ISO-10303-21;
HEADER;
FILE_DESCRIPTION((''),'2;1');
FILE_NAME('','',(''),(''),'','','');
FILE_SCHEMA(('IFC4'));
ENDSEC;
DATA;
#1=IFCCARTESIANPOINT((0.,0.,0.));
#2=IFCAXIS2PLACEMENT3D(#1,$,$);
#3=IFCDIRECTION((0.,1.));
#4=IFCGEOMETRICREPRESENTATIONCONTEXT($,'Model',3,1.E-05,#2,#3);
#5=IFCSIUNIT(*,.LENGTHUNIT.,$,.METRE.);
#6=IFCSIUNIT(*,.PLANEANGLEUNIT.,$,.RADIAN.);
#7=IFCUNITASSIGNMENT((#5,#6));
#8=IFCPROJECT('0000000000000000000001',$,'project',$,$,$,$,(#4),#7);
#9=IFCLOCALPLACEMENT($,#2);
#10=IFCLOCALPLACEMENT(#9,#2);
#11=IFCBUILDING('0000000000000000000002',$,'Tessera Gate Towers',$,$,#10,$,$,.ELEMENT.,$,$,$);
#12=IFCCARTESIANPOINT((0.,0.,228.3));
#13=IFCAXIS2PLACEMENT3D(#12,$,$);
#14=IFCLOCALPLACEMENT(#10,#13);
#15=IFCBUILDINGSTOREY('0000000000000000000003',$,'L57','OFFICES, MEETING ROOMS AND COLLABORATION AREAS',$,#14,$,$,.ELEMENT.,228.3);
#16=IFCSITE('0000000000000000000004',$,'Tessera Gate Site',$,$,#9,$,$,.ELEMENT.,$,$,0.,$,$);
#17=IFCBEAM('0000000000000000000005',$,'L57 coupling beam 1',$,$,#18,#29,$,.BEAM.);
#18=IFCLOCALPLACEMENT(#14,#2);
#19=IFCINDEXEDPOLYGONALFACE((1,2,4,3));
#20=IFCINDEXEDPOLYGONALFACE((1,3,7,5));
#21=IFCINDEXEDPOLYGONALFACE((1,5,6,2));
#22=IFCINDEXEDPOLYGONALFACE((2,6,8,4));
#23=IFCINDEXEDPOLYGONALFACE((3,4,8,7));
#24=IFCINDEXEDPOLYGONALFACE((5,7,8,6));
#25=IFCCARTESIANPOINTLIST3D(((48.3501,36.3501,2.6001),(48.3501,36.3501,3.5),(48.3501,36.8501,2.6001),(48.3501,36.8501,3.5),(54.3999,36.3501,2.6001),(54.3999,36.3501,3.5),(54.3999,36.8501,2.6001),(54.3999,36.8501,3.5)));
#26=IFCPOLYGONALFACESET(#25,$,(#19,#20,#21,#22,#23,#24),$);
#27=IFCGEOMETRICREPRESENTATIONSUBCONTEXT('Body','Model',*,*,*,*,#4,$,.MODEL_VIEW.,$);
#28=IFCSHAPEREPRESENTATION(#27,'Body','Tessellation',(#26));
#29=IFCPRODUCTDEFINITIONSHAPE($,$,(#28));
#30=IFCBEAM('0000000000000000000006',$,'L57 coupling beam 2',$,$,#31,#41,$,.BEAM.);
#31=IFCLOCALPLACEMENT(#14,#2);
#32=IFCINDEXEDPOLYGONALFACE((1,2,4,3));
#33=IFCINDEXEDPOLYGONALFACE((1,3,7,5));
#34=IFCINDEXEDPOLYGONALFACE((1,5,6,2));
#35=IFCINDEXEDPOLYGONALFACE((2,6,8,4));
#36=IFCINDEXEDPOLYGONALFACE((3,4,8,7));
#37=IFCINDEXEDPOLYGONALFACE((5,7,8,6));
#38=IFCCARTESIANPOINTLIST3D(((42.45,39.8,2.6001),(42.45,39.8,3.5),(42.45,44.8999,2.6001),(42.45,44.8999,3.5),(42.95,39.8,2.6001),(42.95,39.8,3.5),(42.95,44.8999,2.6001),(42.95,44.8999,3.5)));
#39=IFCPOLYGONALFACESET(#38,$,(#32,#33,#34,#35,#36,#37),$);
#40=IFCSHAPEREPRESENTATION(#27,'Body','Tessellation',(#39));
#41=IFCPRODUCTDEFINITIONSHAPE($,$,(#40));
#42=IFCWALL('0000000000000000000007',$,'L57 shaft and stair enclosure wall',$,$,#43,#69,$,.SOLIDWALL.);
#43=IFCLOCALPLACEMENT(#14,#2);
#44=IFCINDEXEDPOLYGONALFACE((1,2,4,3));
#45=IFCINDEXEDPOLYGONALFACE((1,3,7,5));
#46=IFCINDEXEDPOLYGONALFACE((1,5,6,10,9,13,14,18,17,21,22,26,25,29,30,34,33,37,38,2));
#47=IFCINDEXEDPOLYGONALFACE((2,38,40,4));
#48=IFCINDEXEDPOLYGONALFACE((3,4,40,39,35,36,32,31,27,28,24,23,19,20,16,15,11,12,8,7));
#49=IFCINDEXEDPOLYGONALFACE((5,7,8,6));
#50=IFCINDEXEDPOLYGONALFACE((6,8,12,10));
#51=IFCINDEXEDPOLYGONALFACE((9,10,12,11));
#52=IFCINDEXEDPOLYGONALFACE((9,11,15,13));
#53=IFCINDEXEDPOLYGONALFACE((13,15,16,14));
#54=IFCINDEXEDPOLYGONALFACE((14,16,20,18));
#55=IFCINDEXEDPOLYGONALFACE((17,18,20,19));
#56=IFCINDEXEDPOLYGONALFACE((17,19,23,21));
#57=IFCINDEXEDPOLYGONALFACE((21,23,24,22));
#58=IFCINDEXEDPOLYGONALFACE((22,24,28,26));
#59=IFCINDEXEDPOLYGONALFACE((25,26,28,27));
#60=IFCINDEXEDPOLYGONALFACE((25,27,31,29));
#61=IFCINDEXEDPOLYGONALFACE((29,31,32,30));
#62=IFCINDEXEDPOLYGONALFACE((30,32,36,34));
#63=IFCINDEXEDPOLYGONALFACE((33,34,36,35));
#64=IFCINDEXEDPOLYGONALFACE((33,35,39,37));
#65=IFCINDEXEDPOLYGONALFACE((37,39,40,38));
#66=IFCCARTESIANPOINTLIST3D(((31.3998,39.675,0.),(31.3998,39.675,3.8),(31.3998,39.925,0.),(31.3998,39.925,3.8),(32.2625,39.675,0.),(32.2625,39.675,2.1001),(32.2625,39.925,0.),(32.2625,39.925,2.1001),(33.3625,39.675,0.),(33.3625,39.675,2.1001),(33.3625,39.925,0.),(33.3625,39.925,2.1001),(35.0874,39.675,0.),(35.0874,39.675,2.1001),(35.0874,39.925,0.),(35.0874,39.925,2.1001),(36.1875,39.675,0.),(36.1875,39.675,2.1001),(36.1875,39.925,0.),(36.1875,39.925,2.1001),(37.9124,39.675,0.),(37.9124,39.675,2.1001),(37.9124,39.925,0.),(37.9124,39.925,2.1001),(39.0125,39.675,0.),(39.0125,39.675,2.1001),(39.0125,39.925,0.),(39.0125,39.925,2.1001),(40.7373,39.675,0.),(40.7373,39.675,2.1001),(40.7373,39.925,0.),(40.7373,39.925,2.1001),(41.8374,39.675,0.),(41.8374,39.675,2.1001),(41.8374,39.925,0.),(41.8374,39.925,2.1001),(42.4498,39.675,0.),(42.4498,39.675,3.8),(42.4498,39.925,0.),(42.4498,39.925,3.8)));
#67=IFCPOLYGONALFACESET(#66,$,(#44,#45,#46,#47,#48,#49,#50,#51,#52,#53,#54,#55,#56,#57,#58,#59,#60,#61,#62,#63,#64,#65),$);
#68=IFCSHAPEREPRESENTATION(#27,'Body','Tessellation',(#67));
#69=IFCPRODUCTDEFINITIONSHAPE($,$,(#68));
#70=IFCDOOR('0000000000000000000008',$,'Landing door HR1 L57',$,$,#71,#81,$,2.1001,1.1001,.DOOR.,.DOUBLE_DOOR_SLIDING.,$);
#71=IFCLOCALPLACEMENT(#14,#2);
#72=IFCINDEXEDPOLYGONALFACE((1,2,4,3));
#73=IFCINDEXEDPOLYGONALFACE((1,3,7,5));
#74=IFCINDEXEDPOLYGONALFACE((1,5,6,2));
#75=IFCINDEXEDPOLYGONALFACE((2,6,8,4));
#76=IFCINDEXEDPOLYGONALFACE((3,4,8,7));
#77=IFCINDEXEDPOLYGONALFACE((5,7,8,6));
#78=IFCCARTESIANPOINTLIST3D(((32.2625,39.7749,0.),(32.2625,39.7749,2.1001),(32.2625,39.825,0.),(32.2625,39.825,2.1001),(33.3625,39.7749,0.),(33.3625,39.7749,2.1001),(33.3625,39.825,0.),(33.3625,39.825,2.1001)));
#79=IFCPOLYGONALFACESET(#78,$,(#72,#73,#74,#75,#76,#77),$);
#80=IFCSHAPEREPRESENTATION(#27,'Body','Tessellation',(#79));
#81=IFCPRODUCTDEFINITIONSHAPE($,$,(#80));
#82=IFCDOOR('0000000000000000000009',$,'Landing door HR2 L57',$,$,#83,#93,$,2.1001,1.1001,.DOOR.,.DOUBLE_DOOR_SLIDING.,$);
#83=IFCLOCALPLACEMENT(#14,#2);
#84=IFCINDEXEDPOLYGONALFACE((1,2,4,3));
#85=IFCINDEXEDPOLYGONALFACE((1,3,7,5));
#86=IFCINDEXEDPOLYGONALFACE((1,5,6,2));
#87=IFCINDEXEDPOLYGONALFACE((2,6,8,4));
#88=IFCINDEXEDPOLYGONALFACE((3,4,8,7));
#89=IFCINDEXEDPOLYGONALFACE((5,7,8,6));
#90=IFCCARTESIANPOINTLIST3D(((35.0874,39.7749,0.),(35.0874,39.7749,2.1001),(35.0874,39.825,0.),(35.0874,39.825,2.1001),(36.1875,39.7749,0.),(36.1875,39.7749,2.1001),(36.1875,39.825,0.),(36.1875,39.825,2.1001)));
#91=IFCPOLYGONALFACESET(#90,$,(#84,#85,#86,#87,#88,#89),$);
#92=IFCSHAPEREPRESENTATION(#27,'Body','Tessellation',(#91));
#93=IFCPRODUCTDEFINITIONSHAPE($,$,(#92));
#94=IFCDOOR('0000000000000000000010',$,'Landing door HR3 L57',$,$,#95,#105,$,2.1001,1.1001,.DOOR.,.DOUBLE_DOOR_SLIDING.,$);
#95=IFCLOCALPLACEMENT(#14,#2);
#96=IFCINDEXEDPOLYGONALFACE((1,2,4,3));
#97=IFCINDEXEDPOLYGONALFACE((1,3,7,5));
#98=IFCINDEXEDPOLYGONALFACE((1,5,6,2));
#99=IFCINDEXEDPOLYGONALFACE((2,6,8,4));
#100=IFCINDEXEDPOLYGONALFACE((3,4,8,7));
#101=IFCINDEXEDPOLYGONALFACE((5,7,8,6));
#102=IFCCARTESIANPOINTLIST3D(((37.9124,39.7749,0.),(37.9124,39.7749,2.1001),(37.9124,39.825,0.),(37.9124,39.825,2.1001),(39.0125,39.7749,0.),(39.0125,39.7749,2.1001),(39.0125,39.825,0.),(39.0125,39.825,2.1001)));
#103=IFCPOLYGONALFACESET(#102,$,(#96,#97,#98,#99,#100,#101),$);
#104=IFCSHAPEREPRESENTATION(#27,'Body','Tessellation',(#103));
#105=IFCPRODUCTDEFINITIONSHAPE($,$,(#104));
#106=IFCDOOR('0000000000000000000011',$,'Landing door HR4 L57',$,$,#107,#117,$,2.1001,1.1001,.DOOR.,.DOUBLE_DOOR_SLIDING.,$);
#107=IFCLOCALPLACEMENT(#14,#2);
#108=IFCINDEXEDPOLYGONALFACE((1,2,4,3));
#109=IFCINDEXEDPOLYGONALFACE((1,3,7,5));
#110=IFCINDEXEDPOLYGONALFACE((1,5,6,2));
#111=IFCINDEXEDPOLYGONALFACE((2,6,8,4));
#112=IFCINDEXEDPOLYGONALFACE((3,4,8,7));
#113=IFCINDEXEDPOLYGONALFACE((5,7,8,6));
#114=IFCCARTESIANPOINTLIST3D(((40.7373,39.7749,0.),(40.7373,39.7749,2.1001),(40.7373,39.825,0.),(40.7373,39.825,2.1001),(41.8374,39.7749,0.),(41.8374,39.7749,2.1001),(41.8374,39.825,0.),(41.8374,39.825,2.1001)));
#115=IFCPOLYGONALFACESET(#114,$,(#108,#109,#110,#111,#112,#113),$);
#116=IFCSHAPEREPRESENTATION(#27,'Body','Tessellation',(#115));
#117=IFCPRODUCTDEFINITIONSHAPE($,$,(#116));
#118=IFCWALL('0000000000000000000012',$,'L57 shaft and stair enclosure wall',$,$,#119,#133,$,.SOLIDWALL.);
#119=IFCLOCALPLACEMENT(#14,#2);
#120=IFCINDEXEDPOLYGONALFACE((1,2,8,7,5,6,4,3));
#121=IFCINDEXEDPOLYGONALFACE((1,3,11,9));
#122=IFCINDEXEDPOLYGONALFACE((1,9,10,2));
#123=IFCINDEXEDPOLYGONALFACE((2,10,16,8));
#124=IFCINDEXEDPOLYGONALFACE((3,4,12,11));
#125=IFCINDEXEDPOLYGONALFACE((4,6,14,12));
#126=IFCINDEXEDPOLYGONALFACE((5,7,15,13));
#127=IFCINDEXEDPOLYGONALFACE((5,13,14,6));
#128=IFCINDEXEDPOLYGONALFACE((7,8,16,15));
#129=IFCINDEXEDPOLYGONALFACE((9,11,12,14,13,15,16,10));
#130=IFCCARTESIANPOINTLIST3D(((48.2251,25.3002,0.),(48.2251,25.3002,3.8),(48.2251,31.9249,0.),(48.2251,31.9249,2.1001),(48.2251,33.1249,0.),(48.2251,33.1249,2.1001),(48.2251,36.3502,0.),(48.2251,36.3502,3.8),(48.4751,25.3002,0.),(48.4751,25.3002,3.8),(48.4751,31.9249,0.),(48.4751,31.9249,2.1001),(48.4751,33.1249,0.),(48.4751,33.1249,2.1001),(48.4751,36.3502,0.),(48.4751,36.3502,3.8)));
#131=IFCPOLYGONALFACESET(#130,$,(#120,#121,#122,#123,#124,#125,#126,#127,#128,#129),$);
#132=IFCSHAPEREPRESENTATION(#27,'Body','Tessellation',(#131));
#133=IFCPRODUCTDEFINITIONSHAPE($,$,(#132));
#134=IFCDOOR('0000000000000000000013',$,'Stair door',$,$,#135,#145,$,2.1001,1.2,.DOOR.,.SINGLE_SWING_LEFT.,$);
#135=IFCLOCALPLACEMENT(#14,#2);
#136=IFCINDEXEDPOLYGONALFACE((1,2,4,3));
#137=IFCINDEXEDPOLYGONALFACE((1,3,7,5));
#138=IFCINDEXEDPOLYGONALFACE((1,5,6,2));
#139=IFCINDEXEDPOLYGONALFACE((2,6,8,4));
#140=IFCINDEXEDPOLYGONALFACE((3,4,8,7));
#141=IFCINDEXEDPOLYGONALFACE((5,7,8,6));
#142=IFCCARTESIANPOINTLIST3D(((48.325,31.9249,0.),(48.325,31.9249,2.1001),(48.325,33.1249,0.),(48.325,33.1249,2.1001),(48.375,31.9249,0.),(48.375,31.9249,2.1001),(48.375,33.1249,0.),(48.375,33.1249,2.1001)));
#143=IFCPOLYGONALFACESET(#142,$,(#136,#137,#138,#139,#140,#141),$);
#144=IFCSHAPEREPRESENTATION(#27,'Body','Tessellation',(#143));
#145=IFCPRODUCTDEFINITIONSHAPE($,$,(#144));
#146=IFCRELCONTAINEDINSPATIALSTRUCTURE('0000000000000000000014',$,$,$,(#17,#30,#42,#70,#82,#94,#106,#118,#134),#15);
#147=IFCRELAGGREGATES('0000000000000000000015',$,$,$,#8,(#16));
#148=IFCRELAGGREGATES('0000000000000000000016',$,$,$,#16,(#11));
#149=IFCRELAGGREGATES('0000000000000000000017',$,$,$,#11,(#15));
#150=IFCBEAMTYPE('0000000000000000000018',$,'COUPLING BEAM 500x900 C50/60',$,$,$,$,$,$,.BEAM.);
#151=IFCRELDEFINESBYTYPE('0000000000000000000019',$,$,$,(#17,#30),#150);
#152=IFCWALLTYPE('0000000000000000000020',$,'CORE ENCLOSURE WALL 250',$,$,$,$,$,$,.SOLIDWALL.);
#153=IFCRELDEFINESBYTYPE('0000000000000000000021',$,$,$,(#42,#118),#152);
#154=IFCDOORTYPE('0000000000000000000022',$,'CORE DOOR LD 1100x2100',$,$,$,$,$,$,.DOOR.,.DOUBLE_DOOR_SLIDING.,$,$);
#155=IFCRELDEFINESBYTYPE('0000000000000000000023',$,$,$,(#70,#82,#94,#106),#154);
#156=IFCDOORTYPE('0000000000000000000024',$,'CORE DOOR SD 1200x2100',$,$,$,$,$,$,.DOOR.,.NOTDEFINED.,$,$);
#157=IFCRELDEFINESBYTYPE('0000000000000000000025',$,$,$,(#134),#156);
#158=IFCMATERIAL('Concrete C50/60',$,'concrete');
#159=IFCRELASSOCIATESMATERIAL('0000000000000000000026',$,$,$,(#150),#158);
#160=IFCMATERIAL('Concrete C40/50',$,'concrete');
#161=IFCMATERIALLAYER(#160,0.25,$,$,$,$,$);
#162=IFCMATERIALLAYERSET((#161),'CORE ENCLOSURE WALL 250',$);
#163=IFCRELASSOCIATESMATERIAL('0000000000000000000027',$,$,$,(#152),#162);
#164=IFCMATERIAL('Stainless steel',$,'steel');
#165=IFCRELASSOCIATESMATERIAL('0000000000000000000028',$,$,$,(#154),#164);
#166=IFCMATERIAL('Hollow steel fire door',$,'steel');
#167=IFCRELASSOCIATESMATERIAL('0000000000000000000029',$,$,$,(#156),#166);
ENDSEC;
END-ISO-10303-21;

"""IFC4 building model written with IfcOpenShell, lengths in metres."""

from ifc_helpers import new_model, si_unit, direction, frame, frame_2d, origin, origin_2d, place, context, subcontext, project, spatial, rectangle, extrude, source, transform, mapped, material, layer, layer_set, material_profile, profile_set, type_object, element, fill, save


model = new_model("IFC4")

# Units and contexts
model_context = context("Model", 3, precision=1e-05, world=origin(), true_north=direction((0.0, 1.0)))
body_context = subcontext(model_context, "Body", "Model", "MODEL_VIEW")
ifc_project = project(units=[si_unit("LENGTHUNIT", "METRE"), si_unit("PLANEANGLEUNIT", "RADIAN")], contexts=[model_context])

# Site, building, storey
site_placement = place(None, origin())
site = spatial("IfcSite", under=ifc_project, at=site_placement, Name="Tessera Gate Site", CompositionType="ELEMENT", RefElevation=0.0)
building_placement = place(site_placement, origin())
building = spatial("IfcBuilding", under=site, at=building_placement, Name="Tessera Gate Towers", CompositionType="ELEMENT")
storey_placement = place(building_placement, frame((0.0, 0.0, 228.3)))
storey = spatial("IfcBuildingStorey", under=building, at=storey_placement, Name="L57", Description="OFFICES, MEETING ROOMS AND COLLABORATION AREAS", CompositionType="ELEMENT", Elevation=228.3)

# Beams
ifc_material_1 = material(Name="Concrete C50/60", Category="concrete")
ifc_material_profile = material_profile(ifc_material_1, rectangle(XDim=0.5, YDim=0.8999, at=origin_2d()), Name="RC 500x900")
ifc_profile_set = profile_set([ifc_material_profile], Name="Concrete C50/60")
beam_type = type_object("IfcBeamType", Name="COUPLING BEAM 500x900 C50/60", PredefinedType="BEAM", material=ifc_profile_set)
beam_1_placement = place(storey_placement, frame((48.3501, 36.6001, 3.05), z_axis=(1.0, 0.0, 0.0), x_axis=(0.0, 1.0, 0.0)))
element("IfcBeam", 1, at=beam_1_placement, inside=storey, type_object=beam_type, Name="L57 coupling beam 1", PredefinedType="BEAM", context=body_context, shape_type="SweptSolid", body=[
    extrude(rectangle(XDim=0.5, YDim=0.8999, at=origin_2d()), origin(), (0.0, 0.0, 1.0), 6.0498),
])
beam_2_placement = place(storey_placement, frame((42.7, 39.8, 3.05), z_axis=(0.0, 1.0, 0.0), x_axis=(-1.0, 0.0, 0.0)))
element("IfcBeam", 2, at=beam_2_placement, inside=storey, type_object=beam_type, Name="L57 coupling beam 2", PredefinedType="BEAM", context=body_context, shape_type="SweptSolid", body=[
    extrude(rectangle(XDim=0.5, YDim=0.8999, at=origin_2d()), origin(), (0.0, 0.0, 1.0), 5.0999),
])

# Wall, openings, doors
ifc_material_2 = material(Name="Concrete C40/50", Category="concrete")
ifc_layer_1 = layer(ifc_material_2, 0.25)
ifc_layer_set_1 = layer_set([ifc_layer_1], Name="CORE ENCLOSURE WALL 250")
wall_type_1 = type_object("IfcWallType", Name="CORE ENCLOSURE WALL 250", PredefinedType="SOLIDWALL", material=ifc_layer_set_1)
wall_1_placement = place(storey_placement, frame((31.3999, 39.8, 0.0), z_axis=(0.0, 0.0, 1.0), x_axis=(1.0, 0.0, 0.0)))
wall_1 = element("IfcWall", 3, at=wall_1_placement, inside=storey, type_object=wall_type_1, Name="L57 shaft and stair enclosure wall", PredefinedType="SOLIDWALL", context=body_context, shape_type="SweptSolid", body=[
    extrude(rectangle(XDim=11.05, YDim=0.25, at=frame_2d((5.5249, 0.0))), origin(), (0.0, 0.0, 1.0), 3.8),
])
shared_shape_1 = source(origin(), body_context, "Body", "SweptSolid", [
    extrude(rectangle(XDim=1.1001, YDim=2.1001, at=frame_2d((0.55, 1.05))), frame((0.0, 0.135, 0.0), z_axis=(0.0, -1.0, 0.0), x_axis=(1.0, 0.0, 0.0)), (0.0, 0.0, 1.0), 0.27),
])
opening_1_placement = place(wall_1_placement, frame((0.8625, 0.0, 0.0)))
opening_1 = element("IfcOpeningElement", 4, at=opening_1_placement, cuts=wall_1, PredefinedType="OPENING", context=body_context, shape_type="MappedRepresentation", body=[
    mapped(shared_shape_1, transform((0.0, 0.0, 0.0), scale=1.0)),
])
opening_2_placement = place(wall_1_placement, frame((3.6875, 0.0, 0.0)))
opening_2 = element("IfcOpeningElement", 5, at=opening_2_placement, cuts=wall_1, PredefinedType="OPENING", context=body_context, shape_type="MappedRepresentation", body=[
    mapped(shared_shape_1, transform((0.0, 0.0, 0.0), scale=1.0)),
])
opening_3_placement = place(wall_1_placement, frame((6.5125, 0.0, 0.0)))
opening_3 = element("IfcOpeningElement", 6, at=opening_3_placement, cuts=wall_1, PredefinedType="OPENING", context=body_context, shape_type="MappedRepresentation", body=[
    mapped(shared_shape_1, transform((0.0, 0.0, 0.0), scale=1.0)),
])
opening_4_placement = place(wall_1_placement, frame((9.3374, 0.0, 0.0)))
opening_4 = element("IfcOpeningElement", 7, at=opening_4_placement, cuts=wall_1, PredefinedType="OPENING", context=body_context, shape_type="MappedRepresentation", body=[
    mapped(shared_shape_1, transform((0.0, 0.0, 0.0), scale=1.0)),
])
ifc_material_3 = material(Name="Stainless steel", Category="steel")
door_type_1 = type_object("IfcDoorType", Name="CORE DOOR LD 1100x2100", OperationType="DOUBLE_DOOR_SLIDING", PredefinedType="DOOR", material=ifc_material_3)
shared_shape_2 = source(origin(), body_context, "Body", "SweptSolid", [
    extrude(rectangle(XDim=1.1001, YDim=2.1001, at=frame_2d((0.55, 1.05))), frame((0.0, 0.0249, 0.0), z_axis=(0.0, -1.0, 0.0), x_axis=(1.0, 0.0, 0.0)), (0.0, 0.0, 1.0), 0.05),
])
door_1_placement = place(opening_1_placement, origin())
door_1 = element("IfcDoor", 8, at=door_1_placement, inside=storey, type_object=door_type_1, Name="Landing door HR1 L57", OperationType="DOUBLE_DOOR_SLIDING", OverallHeight=2.1001, OverallWidth=1.1001, PredefinedType="DOOR", context=body_context, shape_type="MappedRepresentation", body=[
    mapped(shared_shape_2, transform((0.0, 0.0, 0.0), scale=1.0)),
])
fill(opening_1, door_1)
door_2_placement = place(opening_2_placement, origin())
door_2 = element("IfcDoor", 9, at=door_2_placement, inside=storey, type_object=door_type_1, Name="Landing door HR2 L57", OperationType="DOUBLE_DOOR_SLIDING", OverallHeight=2.1001, OverallWidth=1.1001, PredefinedType="DOOR", context=body_context, shape_type="MappedRepresentation", body=[
    mapped(shared_shape_2, transform((0.0, 0.0, 0.0), scale=1.0)),
])
fill(opening_2, door_2)
door_3_placement = place(opening_3_placement, origin())
door_3 = element("IfcDoor", 10, at=door_3_placement, inside=storey, type_object=door_type_1, Name="Landing door HR3 L57", OperationType="DOUBLE_DOOR_SLIDING", OverallHeight=2.1001, OverallWidth=1.1001, PredefinedType="DOOR", context=body_context, shape_type="MappedRepresentation", body=[
    mapped(shared_shape_2, transform((0.0, 0.0, 0.0), scale=1.0)),
])
fill(opening_3, door_3)
door_4_placement = place(opening_4_placement, origin())
door_4 = element("IfcDoor", 11, at=door_4_placement, inside=storey, type_object=door_type_1, Name="Landing door HR4 L57", OperationType="DOUBLE_DOOR_SLIDING", OverallHeight=2.1001, OverallWidth=1.1001, PredefinedType="DOOR", context=body_context, shape_type="MappedRepresentation", body=[
    mapped(shared_shape_2, transform((0.0, 0.0, 0.0), scale=1.0)),
])
fill(opening_4, door_4)

# Wall, opening, door
wall_2_placement = place(storey_placement, frame((48.3501, 36.3501, 0.0), z_axis=(0.0, 0.0, 1.0), x_axis=(0.0, -1.0, 0.0)))
wall_2 = element("IfcWall", 12, at=wall_2_placement, inside=storey, type_object=wall_type_1, Name="L57 shaft and stair enclosure wall", PredefinedType="SOLIDWALL", context=body_context, shape_type="SweptSolid", body=[
    extrude(rectangle(XDim=11.05, YDim=0.25, at=frame_2d((5.5249, 0.0))), origin(), (0.0, 0.0, 1.0), 3.8),
])
shared_shape_3 = source(origin(), body_context, "Body", "SweptSolid", [
    extrude(rectangle(XDim=1.2, YDim=2.1001, at=frame_2d((0.6001, 1.05))), frame((0.0, 0.135, 0.0), z_axis=(0.0, -1.0, 0.0), x_axis=(1.0, 0.0, 0.0)), (0.0, 0.0, 1.0), 0.27),
])
opening_5_placement = place(wall_2_placement, frame((3.2251, 0.0, 0.0)))
opening_5 = element("IfcOpeningElement", 13, at=opening_5_placement, cuts=wall_2, PredefinedType="OPENING", context=body_context, shape_type="MappedRepresentation", body=[
    mapped(shared_shape_3, transform((0.0, 0.0, 0.0), scale=1.0)),
])
ifc_material_4 = material(Name="Hollow steel fire door", Category="steel")
door_type_2 = type_object("IfcDoorType", Name="CORE DOOR SD 1200x2100", OperationType="NOTDEFINED", PredefinedType="DOOR", material=ifc_material_4)
shared_shape_4 = source(origin(), body_context, "Body", "SweptSolid", [
    extrude(rectangle(XDim=1.2, YDim=2.1001, at=frame_2d((0.6001, 1.05))), frame((0.0, 0.0249, 0.0), z_axis=(0.0, -1.0, 0.0), x_axis=(1.0, 0.0, 0.0)), (0.0, 0.0, 1.0), 0.05),
])
door_5_placement = place(opening_5_placement, origin())
door_5 = element("IfcDoor", 14, at=door_5_placement, inside=storey, type_object=door_type_2, Name="Stair door", OperationType="SINGLE_SWING_LEFT", OverallHeight=2.1001, OverallWidth=1.2, PredefinedType="DOOR", context=body_context, shape_type="MappedRepresentation", body=[
    mapped(shared_shape_4, transform((0.0, 0.0, 0.0), scale=1.0)),
])
fill(opening_5, door_5)

save(model, "model.ifc")
